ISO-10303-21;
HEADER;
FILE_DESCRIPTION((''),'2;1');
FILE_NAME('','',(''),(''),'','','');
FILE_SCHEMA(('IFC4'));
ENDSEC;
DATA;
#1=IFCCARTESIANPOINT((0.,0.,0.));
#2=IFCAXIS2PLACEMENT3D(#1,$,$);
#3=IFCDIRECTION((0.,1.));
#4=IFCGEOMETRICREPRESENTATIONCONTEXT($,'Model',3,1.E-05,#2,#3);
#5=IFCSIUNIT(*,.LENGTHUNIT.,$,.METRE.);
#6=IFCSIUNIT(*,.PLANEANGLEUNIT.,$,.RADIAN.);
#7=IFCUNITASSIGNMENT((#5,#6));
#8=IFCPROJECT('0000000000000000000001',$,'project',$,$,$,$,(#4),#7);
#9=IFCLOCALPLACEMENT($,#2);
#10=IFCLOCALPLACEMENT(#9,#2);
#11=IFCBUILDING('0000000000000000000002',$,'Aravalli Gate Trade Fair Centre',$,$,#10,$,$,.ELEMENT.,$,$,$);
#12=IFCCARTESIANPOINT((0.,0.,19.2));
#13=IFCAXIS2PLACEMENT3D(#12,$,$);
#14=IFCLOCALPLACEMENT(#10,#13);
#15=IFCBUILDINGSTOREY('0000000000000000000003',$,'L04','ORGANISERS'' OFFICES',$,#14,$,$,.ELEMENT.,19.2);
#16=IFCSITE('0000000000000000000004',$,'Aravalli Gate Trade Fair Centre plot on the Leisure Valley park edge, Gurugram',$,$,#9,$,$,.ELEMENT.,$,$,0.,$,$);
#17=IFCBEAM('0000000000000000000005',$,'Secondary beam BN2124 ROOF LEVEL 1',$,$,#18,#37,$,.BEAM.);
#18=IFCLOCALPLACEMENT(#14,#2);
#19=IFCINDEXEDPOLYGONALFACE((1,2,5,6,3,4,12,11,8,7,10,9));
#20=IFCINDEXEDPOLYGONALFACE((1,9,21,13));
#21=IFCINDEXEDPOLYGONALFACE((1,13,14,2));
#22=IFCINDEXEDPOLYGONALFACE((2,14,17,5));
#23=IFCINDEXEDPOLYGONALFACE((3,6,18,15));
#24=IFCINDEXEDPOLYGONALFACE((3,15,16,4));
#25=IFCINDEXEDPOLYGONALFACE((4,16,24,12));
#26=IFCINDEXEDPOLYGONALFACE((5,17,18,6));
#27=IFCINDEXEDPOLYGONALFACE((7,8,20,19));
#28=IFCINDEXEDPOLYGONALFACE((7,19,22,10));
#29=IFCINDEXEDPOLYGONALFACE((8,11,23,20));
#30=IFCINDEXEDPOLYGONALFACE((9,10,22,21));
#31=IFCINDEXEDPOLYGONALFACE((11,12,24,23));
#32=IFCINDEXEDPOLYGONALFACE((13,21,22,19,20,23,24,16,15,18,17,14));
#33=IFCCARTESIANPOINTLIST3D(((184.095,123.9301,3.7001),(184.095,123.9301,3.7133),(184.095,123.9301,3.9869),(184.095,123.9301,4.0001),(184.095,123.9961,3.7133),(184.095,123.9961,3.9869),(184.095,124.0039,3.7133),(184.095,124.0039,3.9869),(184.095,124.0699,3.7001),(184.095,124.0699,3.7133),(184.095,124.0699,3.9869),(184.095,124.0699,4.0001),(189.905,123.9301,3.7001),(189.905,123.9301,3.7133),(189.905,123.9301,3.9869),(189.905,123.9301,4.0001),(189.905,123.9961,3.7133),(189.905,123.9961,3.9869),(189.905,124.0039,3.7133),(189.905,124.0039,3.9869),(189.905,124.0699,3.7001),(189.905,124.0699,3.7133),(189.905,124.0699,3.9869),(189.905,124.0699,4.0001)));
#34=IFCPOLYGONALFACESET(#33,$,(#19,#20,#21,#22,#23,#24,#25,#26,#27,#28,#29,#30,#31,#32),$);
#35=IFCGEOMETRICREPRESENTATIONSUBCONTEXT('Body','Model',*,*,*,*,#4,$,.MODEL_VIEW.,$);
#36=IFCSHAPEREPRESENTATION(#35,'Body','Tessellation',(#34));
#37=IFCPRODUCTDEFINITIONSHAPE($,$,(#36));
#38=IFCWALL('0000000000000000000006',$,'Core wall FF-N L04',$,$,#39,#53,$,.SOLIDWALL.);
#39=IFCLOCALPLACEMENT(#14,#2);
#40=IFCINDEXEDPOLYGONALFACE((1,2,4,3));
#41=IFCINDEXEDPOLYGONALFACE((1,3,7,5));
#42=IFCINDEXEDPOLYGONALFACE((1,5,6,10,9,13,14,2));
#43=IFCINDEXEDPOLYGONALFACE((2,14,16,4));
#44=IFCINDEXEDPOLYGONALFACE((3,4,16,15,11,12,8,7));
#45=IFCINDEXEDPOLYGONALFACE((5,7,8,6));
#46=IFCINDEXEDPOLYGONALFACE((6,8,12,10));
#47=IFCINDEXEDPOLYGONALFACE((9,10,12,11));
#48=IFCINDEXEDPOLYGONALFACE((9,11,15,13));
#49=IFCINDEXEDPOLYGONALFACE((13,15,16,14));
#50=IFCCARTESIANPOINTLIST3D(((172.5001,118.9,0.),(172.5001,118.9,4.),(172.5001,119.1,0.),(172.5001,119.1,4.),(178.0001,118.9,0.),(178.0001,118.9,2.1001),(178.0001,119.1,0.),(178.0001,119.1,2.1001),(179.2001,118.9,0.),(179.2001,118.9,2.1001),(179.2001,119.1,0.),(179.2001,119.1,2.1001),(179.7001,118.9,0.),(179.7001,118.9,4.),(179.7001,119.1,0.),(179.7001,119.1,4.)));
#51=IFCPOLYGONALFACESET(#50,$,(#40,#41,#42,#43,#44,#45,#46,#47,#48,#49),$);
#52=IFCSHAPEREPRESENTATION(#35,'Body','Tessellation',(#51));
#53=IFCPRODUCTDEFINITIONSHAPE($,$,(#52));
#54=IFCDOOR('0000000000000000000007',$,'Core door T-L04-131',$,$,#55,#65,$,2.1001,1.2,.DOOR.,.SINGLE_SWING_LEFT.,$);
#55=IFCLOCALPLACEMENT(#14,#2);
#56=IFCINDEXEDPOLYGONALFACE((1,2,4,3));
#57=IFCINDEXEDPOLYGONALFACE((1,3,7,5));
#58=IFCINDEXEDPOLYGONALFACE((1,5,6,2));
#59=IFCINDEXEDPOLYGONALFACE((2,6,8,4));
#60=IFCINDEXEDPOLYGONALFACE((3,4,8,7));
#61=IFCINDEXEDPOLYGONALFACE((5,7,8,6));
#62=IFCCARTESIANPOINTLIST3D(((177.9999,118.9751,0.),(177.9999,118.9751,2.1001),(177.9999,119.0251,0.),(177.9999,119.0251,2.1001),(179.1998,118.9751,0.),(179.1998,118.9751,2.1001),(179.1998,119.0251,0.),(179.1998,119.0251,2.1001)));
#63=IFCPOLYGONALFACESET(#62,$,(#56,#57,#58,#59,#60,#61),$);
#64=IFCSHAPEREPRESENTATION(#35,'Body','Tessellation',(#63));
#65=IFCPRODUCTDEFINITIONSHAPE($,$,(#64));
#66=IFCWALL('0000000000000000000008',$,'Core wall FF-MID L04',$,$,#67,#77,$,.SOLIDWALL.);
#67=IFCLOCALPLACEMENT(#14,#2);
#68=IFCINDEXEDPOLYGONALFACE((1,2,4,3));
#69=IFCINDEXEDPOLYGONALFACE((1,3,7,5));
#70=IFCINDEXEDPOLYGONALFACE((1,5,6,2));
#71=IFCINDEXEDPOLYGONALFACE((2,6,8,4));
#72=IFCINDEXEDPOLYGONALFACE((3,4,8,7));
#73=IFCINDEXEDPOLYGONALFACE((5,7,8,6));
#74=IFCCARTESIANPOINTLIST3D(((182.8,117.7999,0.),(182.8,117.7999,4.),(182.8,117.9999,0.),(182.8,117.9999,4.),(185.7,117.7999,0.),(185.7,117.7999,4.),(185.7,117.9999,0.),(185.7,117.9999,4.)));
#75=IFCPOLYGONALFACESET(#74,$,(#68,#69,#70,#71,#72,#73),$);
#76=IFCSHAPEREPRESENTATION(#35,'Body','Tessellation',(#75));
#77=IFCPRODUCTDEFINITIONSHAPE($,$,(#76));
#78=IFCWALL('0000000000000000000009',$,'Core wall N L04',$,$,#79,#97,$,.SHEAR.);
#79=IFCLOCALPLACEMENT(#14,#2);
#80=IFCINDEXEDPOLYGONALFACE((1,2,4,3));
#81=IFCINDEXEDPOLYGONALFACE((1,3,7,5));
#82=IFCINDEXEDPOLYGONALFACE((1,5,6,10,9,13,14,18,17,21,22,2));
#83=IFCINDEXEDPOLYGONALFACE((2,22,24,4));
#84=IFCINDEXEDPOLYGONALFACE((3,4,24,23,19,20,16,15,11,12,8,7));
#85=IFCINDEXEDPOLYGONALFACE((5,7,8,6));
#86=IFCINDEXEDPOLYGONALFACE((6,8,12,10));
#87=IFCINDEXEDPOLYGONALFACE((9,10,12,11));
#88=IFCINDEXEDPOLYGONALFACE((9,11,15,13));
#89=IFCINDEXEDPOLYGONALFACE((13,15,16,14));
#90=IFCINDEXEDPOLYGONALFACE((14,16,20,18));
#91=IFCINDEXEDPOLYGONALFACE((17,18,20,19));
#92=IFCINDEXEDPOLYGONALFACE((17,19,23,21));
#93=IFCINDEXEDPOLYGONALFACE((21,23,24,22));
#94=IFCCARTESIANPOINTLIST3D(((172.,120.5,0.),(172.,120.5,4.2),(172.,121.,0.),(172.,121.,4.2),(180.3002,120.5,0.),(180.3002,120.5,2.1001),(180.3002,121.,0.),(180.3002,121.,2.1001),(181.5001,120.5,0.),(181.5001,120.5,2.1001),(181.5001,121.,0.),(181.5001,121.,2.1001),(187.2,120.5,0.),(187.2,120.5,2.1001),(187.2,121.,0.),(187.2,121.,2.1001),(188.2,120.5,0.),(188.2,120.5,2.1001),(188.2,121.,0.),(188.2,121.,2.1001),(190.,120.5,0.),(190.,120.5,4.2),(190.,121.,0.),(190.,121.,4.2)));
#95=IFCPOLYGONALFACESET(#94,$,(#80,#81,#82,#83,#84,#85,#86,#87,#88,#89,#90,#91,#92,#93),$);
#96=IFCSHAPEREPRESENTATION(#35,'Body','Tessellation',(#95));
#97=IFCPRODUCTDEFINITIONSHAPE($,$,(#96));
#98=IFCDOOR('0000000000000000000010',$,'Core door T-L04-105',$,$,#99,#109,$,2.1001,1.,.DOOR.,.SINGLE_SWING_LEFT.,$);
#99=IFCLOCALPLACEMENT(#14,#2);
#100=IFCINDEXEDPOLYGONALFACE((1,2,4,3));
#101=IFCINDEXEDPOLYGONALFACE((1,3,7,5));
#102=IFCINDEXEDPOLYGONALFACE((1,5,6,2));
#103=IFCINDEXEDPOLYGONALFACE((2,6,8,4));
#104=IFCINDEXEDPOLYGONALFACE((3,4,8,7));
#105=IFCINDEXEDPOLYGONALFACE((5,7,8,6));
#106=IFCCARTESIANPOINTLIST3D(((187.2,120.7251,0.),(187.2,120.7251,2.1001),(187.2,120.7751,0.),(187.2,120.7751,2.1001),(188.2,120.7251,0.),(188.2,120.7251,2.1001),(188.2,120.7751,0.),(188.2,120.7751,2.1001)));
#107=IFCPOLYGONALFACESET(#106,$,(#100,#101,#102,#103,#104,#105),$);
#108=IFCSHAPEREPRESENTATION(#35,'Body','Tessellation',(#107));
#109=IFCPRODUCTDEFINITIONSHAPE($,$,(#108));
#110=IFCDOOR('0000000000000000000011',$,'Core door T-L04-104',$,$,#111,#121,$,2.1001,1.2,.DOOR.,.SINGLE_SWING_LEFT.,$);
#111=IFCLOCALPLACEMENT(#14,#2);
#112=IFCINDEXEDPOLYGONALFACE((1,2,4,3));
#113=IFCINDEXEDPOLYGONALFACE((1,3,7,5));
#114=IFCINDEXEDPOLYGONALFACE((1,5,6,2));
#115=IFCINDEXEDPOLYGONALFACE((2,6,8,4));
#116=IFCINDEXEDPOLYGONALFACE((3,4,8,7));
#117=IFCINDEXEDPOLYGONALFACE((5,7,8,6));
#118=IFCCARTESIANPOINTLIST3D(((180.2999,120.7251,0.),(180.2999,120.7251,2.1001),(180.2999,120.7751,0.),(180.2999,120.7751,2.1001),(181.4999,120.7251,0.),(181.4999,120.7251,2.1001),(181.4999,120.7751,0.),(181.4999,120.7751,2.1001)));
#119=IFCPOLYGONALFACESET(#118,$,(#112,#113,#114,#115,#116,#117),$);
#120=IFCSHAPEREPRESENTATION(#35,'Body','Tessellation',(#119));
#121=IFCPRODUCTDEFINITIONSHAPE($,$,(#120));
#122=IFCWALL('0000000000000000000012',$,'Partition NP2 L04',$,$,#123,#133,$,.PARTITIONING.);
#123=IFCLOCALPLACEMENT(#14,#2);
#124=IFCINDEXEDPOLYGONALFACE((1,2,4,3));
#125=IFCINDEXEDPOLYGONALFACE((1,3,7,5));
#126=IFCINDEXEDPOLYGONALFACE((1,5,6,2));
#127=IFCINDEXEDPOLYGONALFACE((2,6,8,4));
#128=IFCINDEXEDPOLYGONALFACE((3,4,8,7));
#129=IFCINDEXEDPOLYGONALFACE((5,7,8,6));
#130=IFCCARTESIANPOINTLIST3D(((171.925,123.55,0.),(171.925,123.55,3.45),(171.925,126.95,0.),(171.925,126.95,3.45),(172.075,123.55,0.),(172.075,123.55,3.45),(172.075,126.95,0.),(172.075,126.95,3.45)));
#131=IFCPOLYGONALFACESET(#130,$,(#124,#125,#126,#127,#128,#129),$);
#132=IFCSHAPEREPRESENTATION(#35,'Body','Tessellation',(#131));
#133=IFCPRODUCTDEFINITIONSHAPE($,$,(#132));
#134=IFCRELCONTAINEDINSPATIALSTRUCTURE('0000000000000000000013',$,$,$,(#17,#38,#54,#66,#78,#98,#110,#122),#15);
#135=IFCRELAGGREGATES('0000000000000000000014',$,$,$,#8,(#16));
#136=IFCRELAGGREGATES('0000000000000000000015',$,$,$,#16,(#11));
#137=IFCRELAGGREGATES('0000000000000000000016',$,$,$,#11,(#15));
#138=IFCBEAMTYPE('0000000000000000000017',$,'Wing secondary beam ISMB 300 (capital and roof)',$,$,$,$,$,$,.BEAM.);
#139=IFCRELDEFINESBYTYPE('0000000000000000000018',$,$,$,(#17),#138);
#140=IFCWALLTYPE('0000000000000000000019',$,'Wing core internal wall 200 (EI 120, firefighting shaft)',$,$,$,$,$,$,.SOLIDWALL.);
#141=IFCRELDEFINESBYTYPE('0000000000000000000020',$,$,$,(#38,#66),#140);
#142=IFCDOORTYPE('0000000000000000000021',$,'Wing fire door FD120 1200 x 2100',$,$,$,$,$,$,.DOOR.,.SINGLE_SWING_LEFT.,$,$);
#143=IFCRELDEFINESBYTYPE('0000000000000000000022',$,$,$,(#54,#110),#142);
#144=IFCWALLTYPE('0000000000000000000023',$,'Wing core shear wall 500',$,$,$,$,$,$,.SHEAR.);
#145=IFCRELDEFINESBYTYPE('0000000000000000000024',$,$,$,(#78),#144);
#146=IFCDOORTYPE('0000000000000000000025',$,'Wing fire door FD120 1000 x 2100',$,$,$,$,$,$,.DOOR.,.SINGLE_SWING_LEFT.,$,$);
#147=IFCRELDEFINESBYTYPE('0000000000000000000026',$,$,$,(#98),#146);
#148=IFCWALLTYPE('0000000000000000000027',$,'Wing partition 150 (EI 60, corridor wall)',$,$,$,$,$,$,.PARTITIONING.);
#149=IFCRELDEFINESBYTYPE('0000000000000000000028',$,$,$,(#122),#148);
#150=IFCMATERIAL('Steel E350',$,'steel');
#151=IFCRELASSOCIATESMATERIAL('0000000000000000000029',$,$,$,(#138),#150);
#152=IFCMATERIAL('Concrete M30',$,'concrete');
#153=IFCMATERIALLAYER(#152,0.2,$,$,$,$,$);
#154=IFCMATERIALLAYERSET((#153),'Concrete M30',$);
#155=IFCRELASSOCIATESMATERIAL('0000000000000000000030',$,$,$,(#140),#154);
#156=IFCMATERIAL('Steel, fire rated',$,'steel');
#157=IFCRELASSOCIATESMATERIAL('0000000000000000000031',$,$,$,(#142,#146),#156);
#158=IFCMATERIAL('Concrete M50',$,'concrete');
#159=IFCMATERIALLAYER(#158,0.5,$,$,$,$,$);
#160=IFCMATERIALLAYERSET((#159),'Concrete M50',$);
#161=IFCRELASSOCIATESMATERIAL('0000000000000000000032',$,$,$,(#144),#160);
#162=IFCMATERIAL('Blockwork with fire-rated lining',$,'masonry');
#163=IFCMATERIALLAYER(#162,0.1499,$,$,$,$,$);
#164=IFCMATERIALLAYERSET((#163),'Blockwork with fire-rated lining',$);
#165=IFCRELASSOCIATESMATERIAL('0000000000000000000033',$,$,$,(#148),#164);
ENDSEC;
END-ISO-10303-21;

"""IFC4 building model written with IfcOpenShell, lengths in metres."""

from ifc_helpers import new_model, si_unit, direction, frame, frame_2d, origin, origin_2d, place, context, subcontext, project, spatial, rectangle, i_section, extrude, material, layer, layer_set, material_profile, profile_set, type_object, element, fill, save


model = new_model("IFC4")

# Units and contexts
model_context = context("Model", 3, precision=1e-05, world=origin(), true_north=direction((0.0, 1.0)))
body_context = subcontext(model_context, "Body", "Model", "MODEL_VIEW")
ifc_project = project(units=[si_unit("LENGTHUNIT", "METRE"), si_unit("PLANEANGLEUNIT", "RADIAN")], contexts=[model_context])

# Site, building, storey
site_placement = place(None, origin())
site = spatial("IfcSite", under=ifc_project, at=site_placement, Name="Aravalli Gate Trade Fair Centre plot on the Leisure Valley park edge, Gurugram", CompositionType="ELEMENT", RefElevation=0.0)
building_placement = place(site_placement, origin())
building = spatial("IfcBuilding", under=site, at=building_placement, Name="Aravalli Gate Trade Fair Centre", CompositionType="ELEMENT")
storey_placement = place(building_placement, frame((0.0, 0.0, 19.2)))
storey = spatial("IfcBuildingStorey", under=building, at=storey_placement, Name="L04", Description="ORGANISERS' OFFICES", CompositionType="ELEMENT", Elevation=19.2)

# Shared definitions
ifc_material_1 = material(Name="Steel E350", Category="steel")

# Beam
ifc_material_profile_1 = material_profile(ifc_material_1, i_section(OverallWidth=0.1399, OverallDepth=0.3, WebThickness=0.0078, FlangeThickness=0.0132, at=origin_2d()), Name="ISMB 300")
ifc_profile_set_1 = profile_set([ifc_material_profile_1], Name="Steel E350")
beam_type_1 = type_object("IfcBeamType", Name="Wing secondary beam ISMB 300 (capital and roof)", PredefinedType="BEAM", material=ifc_profile_set_1)
for number, where, z_axis, x_axis, name in (
    (1, (184.095, 124.0, 3.8501), (1.0, 0.0, 0.0), (0.0, 1.0, 0.0), "Secondary beam BN2124 ROOF LEVEL 1"),
):
    element("IfcBeam", number, at=place(storey_placement, frame(where, z_axis=z_axis, x_axis=x_axis)), inside=storey, type_object=beam_type_1, Name=name, PredefinedType="BEAM", context=body_context, shape_type="SweptSolid", body=[
        extrude(i_section(OverallWidth=0.1399, OverallDepth=0.3, WebThickness=0.0078, FlangeThickness=0.0132, at=origin_2d()), origin(), (0.0, 0.0, 1.0), 5.8101),
    ])

# Wall, opening, door
ifc_material_2 = material(Name="Concrete M30", Category="concrete")
ifc_layer_1 = layer(ifc_material_2, 0.2)
ifc_layer_set_1 = layer_set([ifc_layer_1], Name="Concrete M30")
wall_type_1 = type_object("IfcWallType", Name="Wing core internal wall 200 (EI 120, firefighting shaft)", PredefinedType="SOLIDWALL", material=ifc_layer_set_1)
wall_1_placement = place(storey_placement, frame((172.5, 119.0, 0.0), z_axis=(0.0, 0.0, 1.0), x_axis=(1.0, 0.0, 0.0)))
wall_1 = element("IfcWall", 2, at=wall_1_placement, inside=storey, type_object=wall_type_1, Name="Core wall FF-N L04", PredefinedType="SOLIDWALL", context=body_context, shape_type="SweptSolid", body=[
    extrude(rectangle(XDim=7.2, YDim=0.2, at=frame_2d((3.6001, 0.0))), origin(), (0.0, 0.0, 1.0), 4.0),
])
opening_1_placement = place(wall_1_placement, frame((5.5, 0.0, 0.0)))
opening_1 = element("IfcOpeningElement", 3, at=opening_1_placement, cuts=wall_1, PredefinedType="OPENING", context=body_context, shape_type="SweptSolid", body=[
    extrude(rectangle(XDim=1.2, YDim=2.1001, at=frame_2d((0.6001, 1.05))), frame((0.0, 0.1099, 0.0), z_axis=(0.0, -1.0, 0.0), x_axis=(1.0, 0.0, 0.0)), (0.0, 0.0, 1.0), 0.22),
])
ifc_material_3 = material(Name="Steel, fire rated", Category="steel")
door_type_1 = type_object("IfcDoorType", Name="Wing fire door FD120 1200 x 2100", OperationType="SINGLE_SWING_LEFT", PredefinedType="DOOR", material=ifc_material_3)
door_1_placement = place(opening_1_placement, frame((1.2, 0.0, 0.0), z_axis=(0.0, 0.0, 1.0), x_axis=(-1.0, 0.0, 0.0)))
door_1 = element("IfcDoor", 4, at=door_1_placement, inside=storey, type_object=door_type_1, Name="Core door T-L04-131", OperationType="SINGLE_SWING_LEFT", OverallHeight=2.1001, OverallWidth=1.2, PredefinedType="DOOR", context=body_context, shape_type="SweptSolid", body=[
    extrude(rectangle(XDim=1.2, YDim=2.1001, at=frame_2d((0.6001, 1.05))), frame((0.0, 0.0249, 0.0), z_axis=(0.0, -1.0, 0.0), x_axis=(1.0, 0.0, 0.0)), (0.0, 0.0, 1.0), 0.05),
])
fill(opening_1, door_1)

# Wall
wall_2_placement = place(storey_placement, frame((182.8, 117.8999, 0.0), z_axis=(0.0, 0.0, 1.0), x_axis=(1.0, 0.0, 0.0)))
element("IfcWall", 5, at=wall_2_placement, inside=storey, type_object=wall_type_1, Name="Core wall FF-MID L04", PredefinedType="SOLIDWALL", context=body_context, shape_type="SweptSolid", body=[
    extrude(rectangle(XDim=2.8999, YDim=0.2, at=frame_2d((1.45, 0.0))), origin(), (0.0, 0.0, 1.0), 4.0),
])

# Wall, openings, doors
ifc_material_4 = material(Name="Concrete M50", Category="concrete")
ifc_layer_2 = layer(ifc_material_4, 0.5)
ifc_layer_set_2 = layer_set([ifc_layer_2], Name="Concrete M50")
wall_type_2 = type_object("IfcWallType", Name="Wing core shear wall 500", PredefinedType="SHEAR", material=ifc_layer_set_2)
wall_3_placement = place(storey_placement, frame((172.0, 120.75, 0.0), z_axis=(0.0, 0.0, 1.0), x_axis=(1.0, 0.0, 0.0)))
wall_3 = element("IfcWall", 6, at=wall_3_placement, inside=storey, type_object=wall_type_2, Name="Core wall N L04", PredefinedType="SHEAR", context=body_context, shape_type="SweptSolid", body=[
    extrude(rectangle(XDim=18.0, YDim=0.5, at=frame_2d((9.0, 0.0))), origin(), (0.0, 0.0, 1.0), 4.2),
])
opening_2_placement = place(wall_3_placement, frame((8.3, 0.0, 0.0)))
opening_2 = element("IfcOpeningElement", 7, at=opening_2_placement, cuts=wall_3, PredefinedType="OPENING", context=body_context, shape_type="SweptSolid", body=[
    extrude(rectangle(XDim=1.2, YDim=2.1001, at=frame_2d((0.6001, 1.05))), frame((0.0, 0.26, 0.0), z_axis=(0.0, -1.0, 0.0), x_axis=(1.0, 0.0, 0.0)), (0.0, 0.0, 1.0), 0.52),
])
opening_3_placement = place(wall_3_placement, frame((15.2, 0.0, 0.0)))
opening_3 = element("IfcOpeningElement", 8, at=opening_3_placement, cuts=wall_3, PredefinedType="OPENING", context=body_context, shape_type="SweptSolid", body=[
    extrude(rectangle(XDim=1.0, YDim=2.1001, at=frame_2d((0.5, 1.05))), frame((0.0, 0.26, 0.0), z_axis=(0.0, -1.0, 0.0), x_axis=(1.0, 0.0, 0.0)), (0.0, 0.0, 1.0), 0.52),
])
door_type_2 = type_object("IfcDoorType", Name="Wing fire door FD120 1000 x 2100", OperationType="SINGLE_SWING_LEFT", PredefinedType="DOOR", material=ifc_material_3)
door_2_placement = place(opening_3_placement, frame((1.0, 0.0, 0.0), z_axis=(0.0, 0.0, 1.0), x_axis=(-1.0, 0.0, 0.0)))
door_2 = element("IfcDoor", 9, at=door_2_placement, inside=storey, type_object=door_type_2, Name="Core door T-L04-105", OperationType="SINGLE_SWING_LEFT", OverallHeight=2.1001, OverallWidth=1.0, PredefinedType="DOOR", context=body_context, shape_type="SweptSolid", body=[
    extrude(rectangle(XDim=1.0, YDim=2.1001, at=frame_2d((0.5, 1.05))), frame((0.0, 0.0249, 0.0), z_axis=(0.0, -1.0, 0.0), x_axis=(1.0, 0.0, 0.0)), (0.0, 0.0, 1.0), 0.05),
])
fill(opening_3, door_2)
door_3_placement = place(opening_2_placement, frame((1.2, 0.0, 0.0), z_axis=(0.0, 0.0, 1.0), x_axis=(-1.0, 0.0, 0.0)))
door_3 = element("IfcDoor", 10, at=door_3_placement, inside=storey, type_object=door_type_1, Name="Core door T-L04-104", OperationType="SINGLE_SWING_LEFT", OverallHeight=2.1001, OverallWidth=1.2, PredefinedType="DOOR", context=body_context, shape_type="SweptSolid", body=[
    extrude(rectangle(XDim=1.2, YDim=2.1001, at=frame_2d((0.6001, 1.05))), frame((0.0, 0.0249, 0.0), z_axis=(0.0, -1.0, 0.0), x_axis=(1.0, 0.0, 0.0)), (0.0, 0.0, 1.0), 0.05),
])
fill(opening_2, door_3)

# Wall
ifc_material_5 = material(Name="Blockwork with fire-rated lining", Category="masonry")
ifc_layer_3 = layer(ifc_material_5, 0.1499)
ifc_layer_set_3 = layer_set([ifc_layer_3], Name="Blockwork with fire-rated lining")
wall_type_3 = type_object("IfcWallType", Name="Wing partition 150 (EI 60, corridor wall)", PredefinedType="PARTITIONING", material=ifc_layer_set_3)
wall_4_placement = place(storey_placement, frame((172.0, 123.55, 0.0), z_axis=(0.0, 0.0, 1.0), x_axis=(0.0, 1.0, 0.0)))
element("IfcWall", 11, at=wall_4_placement, inside=storey, type_object=wall_type_3, Name="Partition NP2 L04", PredefinedType="PARTITIONING", context=body_context, shape_type="SweptSolid", body=[
    extrude(rectangle(XDim=3.3999, YDim=0.1499, at=frame_2d((1.7, 0.0))), origin(), (0.0, 0.0, 1.0), 3.45),
])

save(model, "model.ifc")
